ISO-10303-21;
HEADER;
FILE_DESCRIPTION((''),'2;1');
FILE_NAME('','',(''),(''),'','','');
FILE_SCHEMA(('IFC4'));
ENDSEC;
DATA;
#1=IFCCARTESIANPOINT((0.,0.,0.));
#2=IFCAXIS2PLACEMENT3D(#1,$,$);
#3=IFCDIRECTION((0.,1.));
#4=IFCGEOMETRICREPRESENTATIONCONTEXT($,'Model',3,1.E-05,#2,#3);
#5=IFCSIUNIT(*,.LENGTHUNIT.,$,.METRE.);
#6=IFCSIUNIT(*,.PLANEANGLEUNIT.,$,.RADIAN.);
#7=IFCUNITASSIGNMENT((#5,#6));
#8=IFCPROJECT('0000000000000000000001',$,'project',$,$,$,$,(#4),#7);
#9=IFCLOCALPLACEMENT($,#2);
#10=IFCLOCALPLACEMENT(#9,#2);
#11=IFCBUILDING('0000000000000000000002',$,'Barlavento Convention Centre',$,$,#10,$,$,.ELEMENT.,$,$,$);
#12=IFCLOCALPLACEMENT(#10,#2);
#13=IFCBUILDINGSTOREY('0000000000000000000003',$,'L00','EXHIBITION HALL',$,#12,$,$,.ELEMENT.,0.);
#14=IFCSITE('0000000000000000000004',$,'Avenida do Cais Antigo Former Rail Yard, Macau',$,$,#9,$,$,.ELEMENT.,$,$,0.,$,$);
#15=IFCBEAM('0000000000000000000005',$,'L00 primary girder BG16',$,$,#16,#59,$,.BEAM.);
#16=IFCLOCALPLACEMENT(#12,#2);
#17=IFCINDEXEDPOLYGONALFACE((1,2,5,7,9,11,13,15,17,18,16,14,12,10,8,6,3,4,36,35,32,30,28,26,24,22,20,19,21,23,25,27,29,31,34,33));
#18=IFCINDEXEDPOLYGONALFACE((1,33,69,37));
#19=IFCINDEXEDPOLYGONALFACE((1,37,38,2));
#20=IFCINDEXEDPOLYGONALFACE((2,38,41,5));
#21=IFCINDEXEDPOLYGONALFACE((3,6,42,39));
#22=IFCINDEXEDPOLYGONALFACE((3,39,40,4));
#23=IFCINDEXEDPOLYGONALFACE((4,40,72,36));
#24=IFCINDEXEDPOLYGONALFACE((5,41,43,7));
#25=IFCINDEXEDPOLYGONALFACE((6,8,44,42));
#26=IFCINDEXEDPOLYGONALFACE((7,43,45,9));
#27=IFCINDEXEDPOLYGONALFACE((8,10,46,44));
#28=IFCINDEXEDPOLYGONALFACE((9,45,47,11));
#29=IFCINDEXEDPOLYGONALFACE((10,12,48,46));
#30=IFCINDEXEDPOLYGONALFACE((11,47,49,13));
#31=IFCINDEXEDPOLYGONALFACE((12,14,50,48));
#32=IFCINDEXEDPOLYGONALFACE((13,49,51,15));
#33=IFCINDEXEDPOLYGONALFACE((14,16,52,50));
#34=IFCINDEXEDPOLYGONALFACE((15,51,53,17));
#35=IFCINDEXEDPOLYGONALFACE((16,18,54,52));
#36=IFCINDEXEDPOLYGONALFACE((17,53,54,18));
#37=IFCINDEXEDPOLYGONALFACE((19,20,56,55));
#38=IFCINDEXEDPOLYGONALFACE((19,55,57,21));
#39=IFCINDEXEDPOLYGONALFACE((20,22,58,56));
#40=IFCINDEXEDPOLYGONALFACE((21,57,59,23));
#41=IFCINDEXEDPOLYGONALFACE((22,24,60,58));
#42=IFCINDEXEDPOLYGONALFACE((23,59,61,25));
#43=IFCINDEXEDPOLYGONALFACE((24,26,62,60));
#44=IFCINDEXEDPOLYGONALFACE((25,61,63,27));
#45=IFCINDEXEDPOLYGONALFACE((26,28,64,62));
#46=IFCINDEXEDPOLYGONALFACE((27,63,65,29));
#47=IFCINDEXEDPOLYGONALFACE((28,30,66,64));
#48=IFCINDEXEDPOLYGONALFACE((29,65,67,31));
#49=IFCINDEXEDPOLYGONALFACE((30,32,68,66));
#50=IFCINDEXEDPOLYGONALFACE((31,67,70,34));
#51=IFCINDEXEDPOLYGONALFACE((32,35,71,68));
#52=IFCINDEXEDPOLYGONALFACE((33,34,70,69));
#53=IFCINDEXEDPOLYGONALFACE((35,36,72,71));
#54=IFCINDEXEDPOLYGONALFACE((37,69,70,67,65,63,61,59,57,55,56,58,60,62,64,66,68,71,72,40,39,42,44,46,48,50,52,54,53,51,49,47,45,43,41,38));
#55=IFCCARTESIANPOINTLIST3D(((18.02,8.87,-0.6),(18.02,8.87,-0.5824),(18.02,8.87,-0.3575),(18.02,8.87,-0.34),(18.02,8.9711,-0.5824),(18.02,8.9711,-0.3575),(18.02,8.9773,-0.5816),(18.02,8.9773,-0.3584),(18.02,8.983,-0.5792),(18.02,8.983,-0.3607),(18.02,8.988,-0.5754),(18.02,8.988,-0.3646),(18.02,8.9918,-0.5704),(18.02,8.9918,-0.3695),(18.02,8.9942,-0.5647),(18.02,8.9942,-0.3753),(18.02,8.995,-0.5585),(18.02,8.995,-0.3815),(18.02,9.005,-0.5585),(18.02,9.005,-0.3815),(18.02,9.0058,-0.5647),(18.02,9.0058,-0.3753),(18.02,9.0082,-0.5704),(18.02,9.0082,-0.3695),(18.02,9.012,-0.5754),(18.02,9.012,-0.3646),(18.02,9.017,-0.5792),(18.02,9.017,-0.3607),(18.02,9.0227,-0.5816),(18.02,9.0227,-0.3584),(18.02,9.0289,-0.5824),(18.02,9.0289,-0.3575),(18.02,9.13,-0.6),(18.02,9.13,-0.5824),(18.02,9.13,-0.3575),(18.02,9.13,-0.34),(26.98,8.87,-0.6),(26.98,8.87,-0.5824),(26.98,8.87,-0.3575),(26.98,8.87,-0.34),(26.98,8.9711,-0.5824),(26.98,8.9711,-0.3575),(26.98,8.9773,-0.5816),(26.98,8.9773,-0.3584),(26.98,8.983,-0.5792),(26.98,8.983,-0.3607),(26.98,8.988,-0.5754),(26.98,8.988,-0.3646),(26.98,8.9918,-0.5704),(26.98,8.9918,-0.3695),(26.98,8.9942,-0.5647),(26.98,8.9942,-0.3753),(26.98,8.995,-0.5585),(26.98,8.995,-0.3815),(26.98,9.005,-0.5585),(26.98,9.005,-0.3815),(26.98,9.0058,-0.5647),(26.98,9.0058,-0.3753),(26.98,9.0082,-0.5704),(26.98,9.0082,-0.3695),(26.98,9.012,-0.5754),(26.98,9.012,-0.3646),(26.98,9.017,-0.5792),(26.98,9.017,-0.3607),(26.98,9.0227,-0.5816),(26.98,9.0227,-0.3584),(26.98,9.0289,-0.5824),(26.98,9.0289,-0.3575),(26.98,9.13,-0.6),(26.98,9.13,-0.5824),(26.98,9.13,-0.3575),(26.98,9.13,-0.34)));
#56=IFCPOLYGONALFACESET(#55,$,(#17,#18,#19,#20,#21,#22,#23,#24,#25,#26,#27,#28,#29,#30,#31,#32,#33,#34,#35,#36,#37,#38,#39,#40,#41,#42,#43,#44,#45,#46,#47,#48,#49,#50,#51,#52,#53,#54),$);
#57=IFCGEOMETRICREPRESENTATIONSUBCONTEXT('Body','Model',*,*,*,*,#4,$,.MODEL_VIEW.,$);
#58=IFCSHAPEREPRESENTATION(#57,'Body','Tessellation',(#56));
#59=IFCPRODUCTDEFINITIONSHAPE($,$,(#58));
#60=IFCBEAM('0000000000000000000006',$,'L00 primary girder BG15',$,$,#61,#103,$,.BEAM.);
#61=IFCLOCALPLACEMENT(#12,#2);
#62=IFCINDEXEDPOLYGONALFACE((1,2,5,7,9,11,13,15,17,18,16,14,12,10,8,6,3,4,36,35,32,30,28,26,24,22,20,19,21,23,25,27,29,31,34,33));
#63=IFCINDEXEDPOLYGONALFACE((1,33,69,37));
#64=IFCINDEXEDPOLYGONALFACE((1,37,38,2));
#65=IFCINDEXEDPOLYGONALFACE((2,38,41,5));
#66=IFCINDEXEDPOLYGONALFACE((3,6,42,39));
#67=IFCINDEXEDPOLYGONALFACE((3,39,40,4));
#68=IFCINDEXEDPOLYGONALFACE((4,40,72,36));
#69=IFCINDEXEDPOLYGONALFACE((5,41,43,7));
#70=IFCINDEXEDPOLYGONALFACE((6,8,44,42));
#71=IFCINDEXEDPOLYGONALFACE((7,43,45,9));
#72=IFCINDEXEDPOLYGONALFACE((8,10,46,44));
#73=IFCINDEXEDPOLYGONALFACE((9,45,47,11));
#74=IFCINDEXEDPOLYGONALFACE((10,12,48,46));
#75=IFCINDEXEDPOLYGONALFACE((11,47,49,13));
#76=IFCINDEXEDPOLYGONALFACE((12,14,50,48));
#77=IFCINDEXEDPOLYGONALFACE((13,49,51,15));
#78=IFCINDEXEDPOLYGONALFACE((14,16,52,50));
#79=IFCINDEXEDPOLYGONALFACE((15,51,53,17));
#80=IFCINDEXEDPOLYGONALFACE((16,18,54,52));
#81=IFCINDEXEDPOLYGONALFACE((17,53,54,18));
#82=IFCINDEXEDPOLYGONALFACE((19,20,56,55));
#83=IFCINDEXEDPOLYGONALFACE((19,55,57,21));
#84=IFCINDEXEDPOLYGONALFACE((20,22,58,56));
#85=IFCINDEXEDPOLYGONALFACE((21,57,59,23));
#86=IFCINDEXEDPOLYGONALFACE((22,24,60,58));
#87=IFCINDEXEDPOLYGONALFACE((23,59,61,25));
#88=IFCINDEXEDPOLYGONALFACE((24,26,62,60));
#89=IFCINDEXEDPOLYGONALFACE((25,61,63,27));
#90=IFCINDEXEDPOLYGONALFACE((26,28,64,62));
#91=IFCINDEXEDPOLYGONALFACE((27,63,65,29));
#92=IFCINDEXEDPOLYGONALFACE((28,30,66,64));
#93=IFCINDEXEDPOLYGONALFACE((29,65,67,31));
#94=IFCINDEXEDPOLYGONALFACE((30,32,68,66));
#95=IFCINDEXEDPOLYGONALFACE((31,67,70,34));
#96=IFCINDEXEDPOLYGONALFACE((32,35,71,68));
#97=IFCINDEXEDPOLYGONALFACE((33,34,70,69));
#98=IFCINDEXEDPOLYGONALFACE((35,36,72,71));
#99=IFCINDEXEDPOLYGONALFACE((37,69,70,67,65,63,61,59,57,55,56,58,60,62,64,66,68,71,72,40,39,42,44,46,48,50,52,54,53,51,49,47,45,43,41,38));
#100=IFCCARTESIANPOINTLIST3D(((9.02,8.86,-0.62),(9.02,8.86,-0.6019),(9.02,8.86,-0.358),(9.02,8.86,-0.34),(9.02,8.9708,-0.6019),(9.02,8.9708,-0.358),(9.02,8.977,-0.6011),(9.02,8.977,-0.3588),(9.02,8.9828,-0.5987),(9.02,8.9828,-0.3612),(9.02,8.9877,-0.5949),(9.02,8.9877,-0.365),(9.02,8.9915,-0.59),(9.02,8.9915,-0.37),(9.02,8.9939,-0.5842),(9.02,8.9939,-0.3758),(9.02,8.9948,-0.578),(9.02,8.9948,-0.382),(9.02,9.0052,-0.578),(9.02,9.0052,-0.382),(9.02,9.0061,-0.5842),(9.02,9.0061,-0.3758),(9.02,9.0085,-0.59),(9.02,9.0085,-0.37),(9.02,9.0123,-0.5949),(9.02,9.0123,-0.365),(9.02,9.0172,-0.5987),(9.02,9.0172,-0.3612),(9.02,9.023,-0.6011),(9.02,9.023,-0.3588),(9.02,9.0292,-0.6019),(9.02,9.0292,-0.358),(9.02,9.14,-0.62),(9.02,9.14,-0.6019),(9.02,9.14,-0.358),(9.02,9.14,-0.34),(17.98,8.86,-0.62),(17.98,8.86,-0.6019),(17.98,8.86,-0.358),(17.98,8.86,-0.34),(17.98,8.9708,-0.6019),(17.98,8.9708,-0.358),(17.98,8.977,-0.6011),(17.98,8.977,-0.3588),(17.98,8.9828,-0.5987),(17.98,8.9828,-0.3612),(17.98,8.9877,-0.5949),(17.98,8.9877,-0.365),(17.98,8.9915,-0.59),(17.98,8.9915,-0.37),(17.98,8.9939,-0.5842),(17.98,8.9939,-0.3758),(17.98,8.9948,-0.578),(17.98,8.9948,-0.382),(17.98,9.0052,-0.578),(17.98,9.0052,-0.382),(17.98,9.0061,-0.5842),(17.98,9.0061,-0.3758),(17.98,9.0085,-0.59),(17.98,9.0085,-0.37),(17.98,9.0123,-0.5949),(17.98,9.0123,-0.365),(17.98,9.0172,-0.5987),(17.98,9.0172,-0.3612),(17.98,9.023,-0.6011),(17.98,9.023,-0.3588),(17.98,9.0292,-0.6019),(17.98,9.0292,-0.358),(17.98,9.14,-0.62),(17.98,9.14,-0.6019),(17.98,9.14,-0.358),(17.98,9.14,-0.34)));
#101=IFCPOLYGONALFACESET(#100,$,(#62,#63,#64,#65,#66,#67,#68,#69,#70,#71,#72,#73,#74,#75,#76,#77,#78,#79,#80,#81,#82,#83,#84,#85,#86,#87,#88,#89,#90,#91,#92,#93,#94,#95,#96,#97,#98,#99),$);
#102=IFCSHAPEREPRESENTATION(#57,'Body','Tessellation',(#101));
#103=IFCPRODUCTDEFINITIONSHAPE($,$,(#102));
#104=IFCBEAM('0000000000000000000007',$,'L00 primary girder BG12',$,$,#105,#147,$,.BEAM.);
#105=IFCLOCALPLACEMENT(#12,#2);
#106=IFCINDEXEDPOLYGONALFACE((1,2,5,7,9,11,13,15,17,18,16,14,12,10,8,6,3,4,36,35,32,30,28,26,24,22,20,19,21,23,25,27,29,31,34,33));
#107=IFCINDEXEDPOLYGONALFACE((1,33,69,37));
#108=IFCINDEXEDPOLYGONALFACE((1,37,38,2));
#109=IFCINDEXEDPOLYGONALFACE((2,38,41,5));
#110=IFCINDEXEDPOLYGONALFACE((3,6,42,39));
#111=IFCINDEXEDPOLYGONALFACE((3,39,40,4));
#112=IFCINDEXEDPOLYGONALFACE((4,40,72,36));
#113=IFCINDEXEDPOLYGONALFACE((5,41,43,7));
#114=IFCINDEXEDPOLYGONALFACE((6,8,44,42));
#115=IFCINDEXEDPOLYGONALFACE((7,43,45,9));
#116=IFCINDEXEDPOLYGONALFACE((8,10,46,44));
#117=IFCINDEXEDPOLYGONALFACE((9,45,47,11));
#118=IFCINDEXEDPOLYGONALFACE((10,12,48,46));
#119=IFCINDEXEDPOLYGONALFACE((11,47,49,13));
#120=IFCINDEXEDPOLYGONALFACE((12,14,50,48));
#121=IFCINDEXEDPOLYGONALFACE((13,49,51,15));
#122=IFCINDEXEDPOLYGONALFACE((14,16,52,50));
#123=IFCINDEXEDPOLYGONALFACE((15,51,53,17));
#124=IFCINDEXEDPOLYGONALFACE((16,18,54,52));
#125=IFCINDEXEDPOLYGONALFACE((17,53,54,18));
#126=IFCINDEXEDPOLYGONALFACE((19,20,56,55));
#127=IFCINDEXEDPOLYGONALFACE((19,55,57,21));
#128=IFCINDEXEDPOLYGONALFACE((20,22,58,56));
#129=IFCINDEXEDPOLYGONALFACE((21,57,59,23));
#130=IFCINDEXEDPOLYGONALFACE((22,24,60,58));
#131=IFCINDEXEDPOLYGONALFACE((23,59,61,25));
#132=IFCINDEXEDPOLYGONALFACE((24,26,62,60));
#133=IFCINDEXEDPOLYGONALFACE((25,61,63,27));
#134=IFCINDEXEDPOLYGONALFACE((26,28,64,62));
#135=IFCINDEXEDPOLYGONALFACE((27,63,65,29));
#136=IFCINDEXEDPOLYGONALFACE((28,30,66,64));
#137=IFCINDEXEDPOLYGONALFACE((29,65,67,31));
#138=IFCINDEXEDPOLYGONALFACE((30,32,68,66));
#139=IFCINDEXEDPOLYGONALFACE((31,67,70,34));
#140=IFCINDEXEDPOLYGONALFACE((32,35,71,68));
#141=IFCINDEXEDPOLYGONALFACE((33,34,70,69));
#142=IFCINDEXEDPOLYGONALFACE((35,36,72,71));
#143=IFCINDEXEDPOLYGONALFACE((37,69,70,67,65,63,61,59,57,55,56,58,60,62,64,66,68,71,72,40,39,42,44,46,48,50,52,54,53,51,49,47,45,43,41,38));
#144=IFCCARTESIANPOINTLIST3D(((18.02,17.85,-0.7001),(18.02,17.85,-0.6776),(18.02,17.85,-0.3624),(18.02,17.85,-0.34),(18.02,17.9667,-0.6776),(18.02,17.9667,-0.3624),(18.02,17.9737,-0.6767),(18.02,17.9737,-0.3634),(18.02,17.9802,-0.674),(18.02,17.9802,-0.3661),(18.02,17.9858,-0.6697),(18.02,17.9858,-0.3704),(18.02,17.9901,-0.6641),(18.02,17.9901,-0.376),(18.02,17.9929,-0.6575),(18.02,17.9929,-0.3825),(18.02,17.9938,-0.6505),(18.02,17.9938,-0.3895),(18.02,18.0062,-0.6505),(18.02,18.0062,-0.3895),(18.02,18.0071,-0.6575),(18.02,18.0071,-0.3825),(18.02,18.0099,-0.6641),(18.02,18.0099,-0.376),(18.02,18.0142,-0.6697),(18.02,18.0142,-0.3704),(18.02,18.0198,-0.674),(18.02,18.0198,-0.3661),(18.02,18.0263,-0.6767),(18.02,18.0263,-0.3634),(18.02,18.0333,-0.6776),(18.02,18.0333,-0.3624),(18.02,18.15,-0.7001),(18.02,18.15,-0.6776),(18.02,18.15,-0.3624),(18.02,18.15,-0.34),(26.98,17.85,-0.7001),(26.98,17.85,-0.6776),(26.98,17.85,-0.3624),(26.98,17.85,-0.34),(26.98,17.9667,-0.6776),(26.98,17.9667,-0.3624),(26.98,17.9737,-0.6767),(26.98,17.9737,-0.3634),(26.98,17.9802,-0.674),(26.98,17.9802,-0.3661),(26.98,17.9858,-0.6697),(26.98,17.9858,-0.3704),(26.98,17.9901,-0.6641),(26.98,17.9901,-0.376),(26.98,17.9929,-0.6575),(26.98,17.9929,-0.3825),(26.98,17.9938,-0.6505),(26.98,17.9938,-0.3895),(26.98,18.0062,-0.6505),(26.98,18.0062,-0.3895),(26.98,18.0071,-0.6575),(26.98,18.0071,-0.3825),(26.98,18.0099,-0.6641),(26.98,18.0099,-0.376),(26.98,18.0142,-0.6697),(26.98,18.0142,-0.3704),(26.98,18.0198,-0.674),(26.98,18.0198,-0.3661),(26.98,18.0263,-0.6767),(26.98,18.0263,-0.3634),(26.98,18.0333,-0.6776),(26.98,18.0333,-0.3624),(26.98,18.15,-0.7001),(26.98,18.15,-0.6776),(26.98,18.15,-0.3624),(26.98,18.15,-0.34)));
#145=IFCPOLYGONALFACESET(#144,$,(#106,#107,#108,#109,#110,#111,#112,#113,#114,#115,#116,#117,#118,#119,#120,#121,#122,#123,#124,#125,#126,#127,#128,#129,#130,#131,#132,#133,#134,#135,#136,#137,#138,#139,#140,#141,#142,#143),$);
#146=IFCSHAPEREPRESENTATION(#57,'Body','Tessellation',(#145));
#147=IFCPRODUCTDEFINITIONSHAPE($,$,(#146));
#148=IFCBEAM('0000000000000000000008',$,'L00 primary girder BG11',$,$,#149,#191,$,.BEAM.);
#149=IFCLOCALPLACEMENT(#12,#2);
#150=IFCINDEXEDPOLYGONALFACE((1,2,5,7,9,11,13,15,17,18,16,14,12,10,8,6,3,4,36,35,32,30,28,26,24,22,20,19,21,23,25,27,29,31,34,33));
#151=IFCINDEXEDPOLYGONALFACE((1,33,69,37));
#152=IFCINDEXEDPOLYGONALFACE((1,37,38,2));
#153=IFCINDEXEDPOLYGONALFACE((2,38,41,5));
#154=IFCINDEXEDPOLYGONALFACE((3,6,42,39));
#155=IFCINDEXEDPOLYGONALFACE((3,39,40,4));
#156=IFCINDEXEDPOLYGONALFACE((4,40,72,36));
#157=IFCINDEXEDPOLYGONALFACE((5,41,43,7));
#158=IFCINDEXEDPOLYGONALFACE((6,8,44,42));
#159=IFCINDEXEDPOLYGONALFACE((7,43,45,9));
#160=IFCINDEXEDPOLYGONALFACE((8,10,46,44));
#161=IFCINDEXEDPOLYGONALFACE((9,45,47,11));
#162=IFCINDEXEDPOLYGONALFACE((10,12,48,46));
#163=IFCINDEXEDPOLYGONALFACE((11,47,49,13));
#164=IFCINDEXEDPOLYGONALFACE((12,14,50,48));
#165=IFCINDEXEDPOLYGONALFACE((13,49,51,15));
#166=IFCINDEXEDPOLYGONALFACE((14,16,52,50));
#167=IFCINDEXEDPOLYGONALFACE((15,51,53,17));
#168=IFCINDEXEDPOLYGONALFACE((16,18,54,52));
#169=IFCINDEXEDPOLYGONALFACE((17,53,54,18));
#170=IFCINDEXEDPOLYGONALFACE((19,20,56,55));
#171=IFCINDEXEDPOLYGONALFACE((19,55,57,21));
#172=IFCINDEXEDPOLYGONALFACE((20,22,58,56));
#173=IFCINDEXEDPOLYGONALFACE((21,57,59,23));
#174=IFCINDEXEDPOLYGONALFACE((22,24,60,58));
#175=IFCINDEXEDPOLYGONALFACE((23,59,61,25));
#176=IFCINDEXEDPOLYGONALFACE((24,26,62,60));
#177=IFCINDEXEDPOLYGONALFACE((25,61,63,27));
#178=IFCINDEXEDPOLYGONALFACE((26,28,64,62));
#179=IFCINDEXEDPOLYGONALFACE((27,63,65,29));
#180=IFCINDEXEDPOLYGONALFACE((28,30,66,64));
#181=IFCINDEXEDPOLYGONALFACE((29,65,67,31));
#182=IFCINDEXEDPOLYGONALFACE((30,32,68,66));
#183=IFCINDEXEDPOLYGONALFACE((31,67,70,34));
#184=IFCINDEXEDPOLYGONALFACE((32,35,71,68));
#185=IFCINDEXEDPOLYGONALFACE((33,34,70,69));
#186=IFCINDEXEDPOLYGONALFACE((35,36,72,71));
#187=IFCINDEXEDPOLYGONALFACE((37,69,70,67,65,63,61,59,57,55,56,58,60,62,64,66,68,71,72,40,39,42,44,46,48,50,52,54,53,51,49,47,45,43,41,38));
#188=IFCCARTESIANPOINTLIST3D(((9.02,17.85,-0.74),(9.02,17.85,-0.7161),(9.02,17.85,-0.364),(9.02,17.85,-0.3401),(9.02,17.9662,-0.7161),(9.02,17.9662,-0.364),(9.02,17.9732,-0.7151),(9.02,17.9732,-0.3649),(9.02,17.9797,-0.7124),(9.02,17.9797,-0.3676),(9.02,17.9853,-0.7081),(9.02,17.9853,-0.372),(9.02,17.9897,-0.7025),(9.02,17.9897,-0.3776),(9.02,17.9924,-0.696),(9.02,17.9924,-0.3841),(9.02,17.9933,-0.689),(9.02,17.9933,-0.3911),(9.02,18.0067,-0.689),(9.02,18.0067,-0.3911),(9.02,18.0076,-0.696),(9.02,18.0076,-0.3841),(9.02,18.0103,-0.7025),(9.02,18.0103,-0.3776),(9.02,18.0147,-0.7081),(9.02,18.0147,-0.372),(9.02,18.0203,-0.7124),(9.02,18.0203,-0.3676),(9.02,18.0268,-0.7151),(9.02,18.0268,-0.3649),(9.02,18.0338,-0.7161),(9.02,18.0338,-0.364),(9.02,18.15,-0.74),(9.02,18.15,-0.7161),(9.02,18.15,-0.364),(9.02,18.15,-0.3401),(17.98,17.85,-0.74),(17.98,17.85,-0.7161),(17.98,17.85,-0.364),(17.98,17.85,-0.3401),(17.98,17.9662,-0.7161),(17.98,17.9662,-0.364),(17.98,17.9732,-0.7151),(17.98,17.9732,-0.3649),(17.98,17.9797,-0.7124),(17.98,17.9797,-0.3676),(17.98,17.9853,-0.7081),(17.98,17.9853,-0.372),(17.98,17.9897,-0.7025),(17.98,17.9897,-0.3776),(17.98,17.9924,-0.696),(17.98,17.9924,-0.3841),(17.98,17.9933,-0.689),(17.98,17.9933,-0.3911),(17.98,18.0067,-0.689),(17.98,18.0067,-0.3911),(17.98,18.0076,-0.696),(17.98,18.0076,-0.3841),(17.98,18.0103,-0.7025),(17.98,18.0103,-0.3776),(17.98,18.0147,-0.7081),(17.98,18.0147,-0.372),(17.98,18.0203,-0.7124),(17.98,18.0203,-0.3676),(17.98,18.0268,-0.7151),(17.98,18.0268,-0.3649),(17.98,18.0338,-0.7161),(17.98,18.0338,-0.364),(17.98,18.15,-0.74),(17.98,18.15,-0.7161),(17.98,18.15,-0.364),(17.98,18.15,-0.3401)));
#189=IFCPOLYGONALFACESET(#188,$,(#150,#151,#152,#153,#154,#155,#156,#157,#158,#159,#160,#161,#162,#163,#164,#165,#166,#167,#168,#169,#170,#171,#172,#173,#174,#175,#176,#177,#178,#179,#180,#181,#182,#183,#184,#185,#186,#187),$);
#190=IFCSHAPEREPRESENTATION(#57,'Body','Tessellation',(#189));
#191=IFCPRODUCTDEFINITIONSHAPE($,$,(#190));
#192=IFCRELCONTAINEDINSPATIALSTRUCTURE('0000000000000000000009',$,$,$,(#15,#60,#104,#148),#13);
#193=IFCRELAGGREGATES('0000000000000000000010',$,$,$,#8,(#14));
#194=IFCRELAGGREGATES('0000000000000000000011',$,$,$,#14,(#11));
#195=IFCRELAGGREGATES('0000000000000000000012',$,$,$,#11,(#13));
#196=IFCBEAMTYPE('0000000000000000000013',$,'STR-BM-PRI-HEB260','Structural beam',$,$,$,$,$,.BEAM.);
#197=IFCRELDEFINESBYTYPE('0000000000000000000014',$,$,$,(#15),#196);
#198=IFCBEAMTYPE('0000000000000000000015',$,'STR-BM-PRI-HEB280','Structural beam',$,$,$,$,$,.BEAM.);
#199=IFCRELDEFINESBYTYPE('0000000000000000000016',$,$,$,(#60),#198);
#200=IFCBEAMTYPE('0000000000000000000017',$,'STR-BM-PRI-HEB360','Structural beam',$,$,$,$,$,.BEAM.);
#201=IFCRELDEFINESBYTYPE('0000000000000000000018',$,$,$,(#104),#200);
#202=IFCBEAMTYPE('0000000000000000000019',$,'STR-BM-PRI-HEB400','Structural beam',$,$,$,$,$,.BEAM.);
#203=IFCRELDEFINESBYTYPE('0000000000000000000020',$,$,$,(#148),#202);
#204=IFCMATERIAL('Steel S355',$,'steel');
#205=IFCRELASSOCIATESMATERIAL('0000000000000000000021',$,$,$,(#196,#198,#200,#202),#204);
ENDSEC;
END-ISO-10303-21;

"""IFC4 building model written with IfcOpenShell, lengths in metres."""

from ifc_helpers import new_model, si_unit, direction, frame, origin, origin_2d, place, context, subcontext, project, spatial, i_section, extrude, material, material_profile, profile_set, type_object, element, save


model = new_model("IFC4")

# Units and contexts
model_context = context("Model", 3, precision=1e-05, world=origin(), true_north=direction((0.0, 1.0)))
body_context = subcontext(model_context, "Body", "Model", "MODEL_VIEW")
ifc_project = project(units=[si_unit("LENGTHUNIT", "METRE"), si_unit("PLANEANGLEUNIT", "RADIAN")], contexts=[model_context])

# Site, building, storey
site_placement = place(None, origin())
site = spatial("IfcSite", under=ifc_project, at=site_placement, Name="Avenida do Cais Antigo Former Rail Yard, Macau", CompositionType="ELEMENT", RefElevation=0.0)
building_placement = place(site_placement, origin())
building = spatial("IfcBuilding", under=site, at=building_placement, Name="Barlavento Convention Centre", CompositionType="ELEMENT")
storey_placement = place(building_placement, origin())
storey = spatial("IfcBuildingStorey", under=building, at=storey_placement, Name="L00", Description="EXHIBITION HALL", CompositionType="ELEMENT", Elevation=0.0)

# Beams
ifc_material_1 = material(Name="Steel S355", Category="steel")
ifc_material_profile_1 = material_profile(ifc_material_1, i_section(OverallWidth=0.26, OverallDepth=0.26, WebThickness=0.01, FlangeThickness=0.0176, FilletRadius=0.0239, at=origin_2d()), Name="HEB 260")
ifc_profile_set_1 = profile_set([ifc_material_profile_1], Name="Steel S355")
beam_type_1 = type_object("IfcBeamType", Name="STR-BM-PRI-HEB260", Description="Structural beam", PredefinedType="BEAM", material=ifc_profile_set_1)
beam_1_placement = place(storey_placement, frame((18.02, 9.0, -0.47), z_axis=(1.0, 0.0, 0.0), x_axis=(0.0, 1.0, 0.0)))
element("IfcBeam", 1, at=beam_1_placement, inside=storey, type_object=beam_type_1, Name="L00 primary girder BG16", PredefinedType="BEAM", context=body_context, shape_type="SweptSolid", body=[
    extrude(i_section(OverallWidth=0.26, OverallDepth=0.26, WebThickness=0.01, FlangeThickness=0.0176, FilletRadius=0.0239, at=origin_2d()), origin(), (0.0, 0.0, 1.0), 8.96),
])
ifc_material_profile_2 = material_profile(ifc_material_1, i_section(OverallWidth=0.28, OverallDepth=0.28, WebThickness=0.0105, FlangeThickness=0.0181, FilletRadius=0.0239, at=origin_2d()), Name="HEB 280")
ifc_profile_set_2 = profile_set([ifc_material_profile_2], Name="Steel S355")
beam_type_2 = type_object("IfcBeamType", Name="STR-BM-PRI-HEB280", Description="Structural beam", PredefinedType="BEAM", material=ifc_profile_set_2)
beam_2_placement = place(storey_placement, frame((9.02, 9.0, -0.48), z_axis=(1.0, 0.0, 0.0), x_axis=(0.0, 1.0, 0.0)))
element("IfcBeam", 2, at=beam_2_placement, inside=storey, type_object=beam_type_2, Name="L00 primary girder BG15", PredefinedType="BEAM", context=body_context, shape_type="SweptSolid", body=[
    extrude(i_section(OverallWidth=0.28, OverallDepth=0.28, WebThickness=0.0105, FlangeThickness=0.0181, FilletRadius=0.0239, at=origin_2d()), origin(), (0.0, 0.0, 1.0), 8.96),
])
ifc_material_profile_3 = material_profile(ifc_material_1, i_section(OverallWidth=0.3, OverallDepth=0.3601, WebThickness=0.0125, FlangeThickness=0.0225, FilletRadius=0.0271, at=origin_2d()), Name="HEB 360")
ifc_profile_set_3 = profile_set([ifc_material_profile_3], Name="Steel S355")
beam_type_3 = type_object("IfcBeamType", Name="STR-BM-PRI-HEB360", Description="Structural beam", PredefinedType="BEAM", material=ifc_profile_set_3)
beam_3_placement = place(storey_placement, frame((18.02, 18.0, -0.52), z_axis=(1.0, 0.0, 0.0), x_axis=(0.0, 1.0, 0.0)))
element("IfcBeam", 3, at=beam_3_placement, inside=storey, type_object=beam_type_3, Name="L00 primary girder BG12", PredefinedType="BEAM", context=body_context, shape_type="SweptSolid", body=[
    extrude(i_section(OverallWidth=0.3, OverallDepth=0.3601, WebThickness=0.0125, FlangeThickness=0.0225, FilletRadius=0.0271, at=origin_2d()), origin(), (0.0, 0.0, 1.0), 8.96),
])
ifc_material_profile_4 = material_profile(ifc_material_1, i_section(OverallWidth=0.3, OverallDepth=0.3999, WebThickness=0.0134, FlangeThickness=0.0239, FilletRadius=0.0271, at=origin_2d()), Name="HEB 400")
ifc_profile_set_4 = profile_set([ifc_material_profile_4], Name="Steel S355")
beam_type_4 = type_object("IfcBeamType", Name="STR-BM-PRI-HEB400", Description="Structural beam", PredefinedType="BEAM", material=ifc_profile_set_4)
beam_4_placement = place(storey_placement, frame((9.02, 18.0, -0.54), z_axis=(1.0, 0.0, 0.0), x_axis=(0.0, 1.0, 0.0)))
element("IfcBeam", 4, at=beam_4_placement, inside=storey, type_object=beam_type_4, Name="L00 primary girder BG11", PredefinedType="BEAM", context=body_context, shape_type="SweptSolid", body=[
    extrude(i_section(OverallWidth=0.3, OverallDepth=0.3999, WebThickness=0.0134, FlangeThickness=0.0239, FilletRadius=0.0271, at=origin_2d()), origin(), (0.0, 0.0, 1.0), 8.96),
])

save(model, "model.ifc")
